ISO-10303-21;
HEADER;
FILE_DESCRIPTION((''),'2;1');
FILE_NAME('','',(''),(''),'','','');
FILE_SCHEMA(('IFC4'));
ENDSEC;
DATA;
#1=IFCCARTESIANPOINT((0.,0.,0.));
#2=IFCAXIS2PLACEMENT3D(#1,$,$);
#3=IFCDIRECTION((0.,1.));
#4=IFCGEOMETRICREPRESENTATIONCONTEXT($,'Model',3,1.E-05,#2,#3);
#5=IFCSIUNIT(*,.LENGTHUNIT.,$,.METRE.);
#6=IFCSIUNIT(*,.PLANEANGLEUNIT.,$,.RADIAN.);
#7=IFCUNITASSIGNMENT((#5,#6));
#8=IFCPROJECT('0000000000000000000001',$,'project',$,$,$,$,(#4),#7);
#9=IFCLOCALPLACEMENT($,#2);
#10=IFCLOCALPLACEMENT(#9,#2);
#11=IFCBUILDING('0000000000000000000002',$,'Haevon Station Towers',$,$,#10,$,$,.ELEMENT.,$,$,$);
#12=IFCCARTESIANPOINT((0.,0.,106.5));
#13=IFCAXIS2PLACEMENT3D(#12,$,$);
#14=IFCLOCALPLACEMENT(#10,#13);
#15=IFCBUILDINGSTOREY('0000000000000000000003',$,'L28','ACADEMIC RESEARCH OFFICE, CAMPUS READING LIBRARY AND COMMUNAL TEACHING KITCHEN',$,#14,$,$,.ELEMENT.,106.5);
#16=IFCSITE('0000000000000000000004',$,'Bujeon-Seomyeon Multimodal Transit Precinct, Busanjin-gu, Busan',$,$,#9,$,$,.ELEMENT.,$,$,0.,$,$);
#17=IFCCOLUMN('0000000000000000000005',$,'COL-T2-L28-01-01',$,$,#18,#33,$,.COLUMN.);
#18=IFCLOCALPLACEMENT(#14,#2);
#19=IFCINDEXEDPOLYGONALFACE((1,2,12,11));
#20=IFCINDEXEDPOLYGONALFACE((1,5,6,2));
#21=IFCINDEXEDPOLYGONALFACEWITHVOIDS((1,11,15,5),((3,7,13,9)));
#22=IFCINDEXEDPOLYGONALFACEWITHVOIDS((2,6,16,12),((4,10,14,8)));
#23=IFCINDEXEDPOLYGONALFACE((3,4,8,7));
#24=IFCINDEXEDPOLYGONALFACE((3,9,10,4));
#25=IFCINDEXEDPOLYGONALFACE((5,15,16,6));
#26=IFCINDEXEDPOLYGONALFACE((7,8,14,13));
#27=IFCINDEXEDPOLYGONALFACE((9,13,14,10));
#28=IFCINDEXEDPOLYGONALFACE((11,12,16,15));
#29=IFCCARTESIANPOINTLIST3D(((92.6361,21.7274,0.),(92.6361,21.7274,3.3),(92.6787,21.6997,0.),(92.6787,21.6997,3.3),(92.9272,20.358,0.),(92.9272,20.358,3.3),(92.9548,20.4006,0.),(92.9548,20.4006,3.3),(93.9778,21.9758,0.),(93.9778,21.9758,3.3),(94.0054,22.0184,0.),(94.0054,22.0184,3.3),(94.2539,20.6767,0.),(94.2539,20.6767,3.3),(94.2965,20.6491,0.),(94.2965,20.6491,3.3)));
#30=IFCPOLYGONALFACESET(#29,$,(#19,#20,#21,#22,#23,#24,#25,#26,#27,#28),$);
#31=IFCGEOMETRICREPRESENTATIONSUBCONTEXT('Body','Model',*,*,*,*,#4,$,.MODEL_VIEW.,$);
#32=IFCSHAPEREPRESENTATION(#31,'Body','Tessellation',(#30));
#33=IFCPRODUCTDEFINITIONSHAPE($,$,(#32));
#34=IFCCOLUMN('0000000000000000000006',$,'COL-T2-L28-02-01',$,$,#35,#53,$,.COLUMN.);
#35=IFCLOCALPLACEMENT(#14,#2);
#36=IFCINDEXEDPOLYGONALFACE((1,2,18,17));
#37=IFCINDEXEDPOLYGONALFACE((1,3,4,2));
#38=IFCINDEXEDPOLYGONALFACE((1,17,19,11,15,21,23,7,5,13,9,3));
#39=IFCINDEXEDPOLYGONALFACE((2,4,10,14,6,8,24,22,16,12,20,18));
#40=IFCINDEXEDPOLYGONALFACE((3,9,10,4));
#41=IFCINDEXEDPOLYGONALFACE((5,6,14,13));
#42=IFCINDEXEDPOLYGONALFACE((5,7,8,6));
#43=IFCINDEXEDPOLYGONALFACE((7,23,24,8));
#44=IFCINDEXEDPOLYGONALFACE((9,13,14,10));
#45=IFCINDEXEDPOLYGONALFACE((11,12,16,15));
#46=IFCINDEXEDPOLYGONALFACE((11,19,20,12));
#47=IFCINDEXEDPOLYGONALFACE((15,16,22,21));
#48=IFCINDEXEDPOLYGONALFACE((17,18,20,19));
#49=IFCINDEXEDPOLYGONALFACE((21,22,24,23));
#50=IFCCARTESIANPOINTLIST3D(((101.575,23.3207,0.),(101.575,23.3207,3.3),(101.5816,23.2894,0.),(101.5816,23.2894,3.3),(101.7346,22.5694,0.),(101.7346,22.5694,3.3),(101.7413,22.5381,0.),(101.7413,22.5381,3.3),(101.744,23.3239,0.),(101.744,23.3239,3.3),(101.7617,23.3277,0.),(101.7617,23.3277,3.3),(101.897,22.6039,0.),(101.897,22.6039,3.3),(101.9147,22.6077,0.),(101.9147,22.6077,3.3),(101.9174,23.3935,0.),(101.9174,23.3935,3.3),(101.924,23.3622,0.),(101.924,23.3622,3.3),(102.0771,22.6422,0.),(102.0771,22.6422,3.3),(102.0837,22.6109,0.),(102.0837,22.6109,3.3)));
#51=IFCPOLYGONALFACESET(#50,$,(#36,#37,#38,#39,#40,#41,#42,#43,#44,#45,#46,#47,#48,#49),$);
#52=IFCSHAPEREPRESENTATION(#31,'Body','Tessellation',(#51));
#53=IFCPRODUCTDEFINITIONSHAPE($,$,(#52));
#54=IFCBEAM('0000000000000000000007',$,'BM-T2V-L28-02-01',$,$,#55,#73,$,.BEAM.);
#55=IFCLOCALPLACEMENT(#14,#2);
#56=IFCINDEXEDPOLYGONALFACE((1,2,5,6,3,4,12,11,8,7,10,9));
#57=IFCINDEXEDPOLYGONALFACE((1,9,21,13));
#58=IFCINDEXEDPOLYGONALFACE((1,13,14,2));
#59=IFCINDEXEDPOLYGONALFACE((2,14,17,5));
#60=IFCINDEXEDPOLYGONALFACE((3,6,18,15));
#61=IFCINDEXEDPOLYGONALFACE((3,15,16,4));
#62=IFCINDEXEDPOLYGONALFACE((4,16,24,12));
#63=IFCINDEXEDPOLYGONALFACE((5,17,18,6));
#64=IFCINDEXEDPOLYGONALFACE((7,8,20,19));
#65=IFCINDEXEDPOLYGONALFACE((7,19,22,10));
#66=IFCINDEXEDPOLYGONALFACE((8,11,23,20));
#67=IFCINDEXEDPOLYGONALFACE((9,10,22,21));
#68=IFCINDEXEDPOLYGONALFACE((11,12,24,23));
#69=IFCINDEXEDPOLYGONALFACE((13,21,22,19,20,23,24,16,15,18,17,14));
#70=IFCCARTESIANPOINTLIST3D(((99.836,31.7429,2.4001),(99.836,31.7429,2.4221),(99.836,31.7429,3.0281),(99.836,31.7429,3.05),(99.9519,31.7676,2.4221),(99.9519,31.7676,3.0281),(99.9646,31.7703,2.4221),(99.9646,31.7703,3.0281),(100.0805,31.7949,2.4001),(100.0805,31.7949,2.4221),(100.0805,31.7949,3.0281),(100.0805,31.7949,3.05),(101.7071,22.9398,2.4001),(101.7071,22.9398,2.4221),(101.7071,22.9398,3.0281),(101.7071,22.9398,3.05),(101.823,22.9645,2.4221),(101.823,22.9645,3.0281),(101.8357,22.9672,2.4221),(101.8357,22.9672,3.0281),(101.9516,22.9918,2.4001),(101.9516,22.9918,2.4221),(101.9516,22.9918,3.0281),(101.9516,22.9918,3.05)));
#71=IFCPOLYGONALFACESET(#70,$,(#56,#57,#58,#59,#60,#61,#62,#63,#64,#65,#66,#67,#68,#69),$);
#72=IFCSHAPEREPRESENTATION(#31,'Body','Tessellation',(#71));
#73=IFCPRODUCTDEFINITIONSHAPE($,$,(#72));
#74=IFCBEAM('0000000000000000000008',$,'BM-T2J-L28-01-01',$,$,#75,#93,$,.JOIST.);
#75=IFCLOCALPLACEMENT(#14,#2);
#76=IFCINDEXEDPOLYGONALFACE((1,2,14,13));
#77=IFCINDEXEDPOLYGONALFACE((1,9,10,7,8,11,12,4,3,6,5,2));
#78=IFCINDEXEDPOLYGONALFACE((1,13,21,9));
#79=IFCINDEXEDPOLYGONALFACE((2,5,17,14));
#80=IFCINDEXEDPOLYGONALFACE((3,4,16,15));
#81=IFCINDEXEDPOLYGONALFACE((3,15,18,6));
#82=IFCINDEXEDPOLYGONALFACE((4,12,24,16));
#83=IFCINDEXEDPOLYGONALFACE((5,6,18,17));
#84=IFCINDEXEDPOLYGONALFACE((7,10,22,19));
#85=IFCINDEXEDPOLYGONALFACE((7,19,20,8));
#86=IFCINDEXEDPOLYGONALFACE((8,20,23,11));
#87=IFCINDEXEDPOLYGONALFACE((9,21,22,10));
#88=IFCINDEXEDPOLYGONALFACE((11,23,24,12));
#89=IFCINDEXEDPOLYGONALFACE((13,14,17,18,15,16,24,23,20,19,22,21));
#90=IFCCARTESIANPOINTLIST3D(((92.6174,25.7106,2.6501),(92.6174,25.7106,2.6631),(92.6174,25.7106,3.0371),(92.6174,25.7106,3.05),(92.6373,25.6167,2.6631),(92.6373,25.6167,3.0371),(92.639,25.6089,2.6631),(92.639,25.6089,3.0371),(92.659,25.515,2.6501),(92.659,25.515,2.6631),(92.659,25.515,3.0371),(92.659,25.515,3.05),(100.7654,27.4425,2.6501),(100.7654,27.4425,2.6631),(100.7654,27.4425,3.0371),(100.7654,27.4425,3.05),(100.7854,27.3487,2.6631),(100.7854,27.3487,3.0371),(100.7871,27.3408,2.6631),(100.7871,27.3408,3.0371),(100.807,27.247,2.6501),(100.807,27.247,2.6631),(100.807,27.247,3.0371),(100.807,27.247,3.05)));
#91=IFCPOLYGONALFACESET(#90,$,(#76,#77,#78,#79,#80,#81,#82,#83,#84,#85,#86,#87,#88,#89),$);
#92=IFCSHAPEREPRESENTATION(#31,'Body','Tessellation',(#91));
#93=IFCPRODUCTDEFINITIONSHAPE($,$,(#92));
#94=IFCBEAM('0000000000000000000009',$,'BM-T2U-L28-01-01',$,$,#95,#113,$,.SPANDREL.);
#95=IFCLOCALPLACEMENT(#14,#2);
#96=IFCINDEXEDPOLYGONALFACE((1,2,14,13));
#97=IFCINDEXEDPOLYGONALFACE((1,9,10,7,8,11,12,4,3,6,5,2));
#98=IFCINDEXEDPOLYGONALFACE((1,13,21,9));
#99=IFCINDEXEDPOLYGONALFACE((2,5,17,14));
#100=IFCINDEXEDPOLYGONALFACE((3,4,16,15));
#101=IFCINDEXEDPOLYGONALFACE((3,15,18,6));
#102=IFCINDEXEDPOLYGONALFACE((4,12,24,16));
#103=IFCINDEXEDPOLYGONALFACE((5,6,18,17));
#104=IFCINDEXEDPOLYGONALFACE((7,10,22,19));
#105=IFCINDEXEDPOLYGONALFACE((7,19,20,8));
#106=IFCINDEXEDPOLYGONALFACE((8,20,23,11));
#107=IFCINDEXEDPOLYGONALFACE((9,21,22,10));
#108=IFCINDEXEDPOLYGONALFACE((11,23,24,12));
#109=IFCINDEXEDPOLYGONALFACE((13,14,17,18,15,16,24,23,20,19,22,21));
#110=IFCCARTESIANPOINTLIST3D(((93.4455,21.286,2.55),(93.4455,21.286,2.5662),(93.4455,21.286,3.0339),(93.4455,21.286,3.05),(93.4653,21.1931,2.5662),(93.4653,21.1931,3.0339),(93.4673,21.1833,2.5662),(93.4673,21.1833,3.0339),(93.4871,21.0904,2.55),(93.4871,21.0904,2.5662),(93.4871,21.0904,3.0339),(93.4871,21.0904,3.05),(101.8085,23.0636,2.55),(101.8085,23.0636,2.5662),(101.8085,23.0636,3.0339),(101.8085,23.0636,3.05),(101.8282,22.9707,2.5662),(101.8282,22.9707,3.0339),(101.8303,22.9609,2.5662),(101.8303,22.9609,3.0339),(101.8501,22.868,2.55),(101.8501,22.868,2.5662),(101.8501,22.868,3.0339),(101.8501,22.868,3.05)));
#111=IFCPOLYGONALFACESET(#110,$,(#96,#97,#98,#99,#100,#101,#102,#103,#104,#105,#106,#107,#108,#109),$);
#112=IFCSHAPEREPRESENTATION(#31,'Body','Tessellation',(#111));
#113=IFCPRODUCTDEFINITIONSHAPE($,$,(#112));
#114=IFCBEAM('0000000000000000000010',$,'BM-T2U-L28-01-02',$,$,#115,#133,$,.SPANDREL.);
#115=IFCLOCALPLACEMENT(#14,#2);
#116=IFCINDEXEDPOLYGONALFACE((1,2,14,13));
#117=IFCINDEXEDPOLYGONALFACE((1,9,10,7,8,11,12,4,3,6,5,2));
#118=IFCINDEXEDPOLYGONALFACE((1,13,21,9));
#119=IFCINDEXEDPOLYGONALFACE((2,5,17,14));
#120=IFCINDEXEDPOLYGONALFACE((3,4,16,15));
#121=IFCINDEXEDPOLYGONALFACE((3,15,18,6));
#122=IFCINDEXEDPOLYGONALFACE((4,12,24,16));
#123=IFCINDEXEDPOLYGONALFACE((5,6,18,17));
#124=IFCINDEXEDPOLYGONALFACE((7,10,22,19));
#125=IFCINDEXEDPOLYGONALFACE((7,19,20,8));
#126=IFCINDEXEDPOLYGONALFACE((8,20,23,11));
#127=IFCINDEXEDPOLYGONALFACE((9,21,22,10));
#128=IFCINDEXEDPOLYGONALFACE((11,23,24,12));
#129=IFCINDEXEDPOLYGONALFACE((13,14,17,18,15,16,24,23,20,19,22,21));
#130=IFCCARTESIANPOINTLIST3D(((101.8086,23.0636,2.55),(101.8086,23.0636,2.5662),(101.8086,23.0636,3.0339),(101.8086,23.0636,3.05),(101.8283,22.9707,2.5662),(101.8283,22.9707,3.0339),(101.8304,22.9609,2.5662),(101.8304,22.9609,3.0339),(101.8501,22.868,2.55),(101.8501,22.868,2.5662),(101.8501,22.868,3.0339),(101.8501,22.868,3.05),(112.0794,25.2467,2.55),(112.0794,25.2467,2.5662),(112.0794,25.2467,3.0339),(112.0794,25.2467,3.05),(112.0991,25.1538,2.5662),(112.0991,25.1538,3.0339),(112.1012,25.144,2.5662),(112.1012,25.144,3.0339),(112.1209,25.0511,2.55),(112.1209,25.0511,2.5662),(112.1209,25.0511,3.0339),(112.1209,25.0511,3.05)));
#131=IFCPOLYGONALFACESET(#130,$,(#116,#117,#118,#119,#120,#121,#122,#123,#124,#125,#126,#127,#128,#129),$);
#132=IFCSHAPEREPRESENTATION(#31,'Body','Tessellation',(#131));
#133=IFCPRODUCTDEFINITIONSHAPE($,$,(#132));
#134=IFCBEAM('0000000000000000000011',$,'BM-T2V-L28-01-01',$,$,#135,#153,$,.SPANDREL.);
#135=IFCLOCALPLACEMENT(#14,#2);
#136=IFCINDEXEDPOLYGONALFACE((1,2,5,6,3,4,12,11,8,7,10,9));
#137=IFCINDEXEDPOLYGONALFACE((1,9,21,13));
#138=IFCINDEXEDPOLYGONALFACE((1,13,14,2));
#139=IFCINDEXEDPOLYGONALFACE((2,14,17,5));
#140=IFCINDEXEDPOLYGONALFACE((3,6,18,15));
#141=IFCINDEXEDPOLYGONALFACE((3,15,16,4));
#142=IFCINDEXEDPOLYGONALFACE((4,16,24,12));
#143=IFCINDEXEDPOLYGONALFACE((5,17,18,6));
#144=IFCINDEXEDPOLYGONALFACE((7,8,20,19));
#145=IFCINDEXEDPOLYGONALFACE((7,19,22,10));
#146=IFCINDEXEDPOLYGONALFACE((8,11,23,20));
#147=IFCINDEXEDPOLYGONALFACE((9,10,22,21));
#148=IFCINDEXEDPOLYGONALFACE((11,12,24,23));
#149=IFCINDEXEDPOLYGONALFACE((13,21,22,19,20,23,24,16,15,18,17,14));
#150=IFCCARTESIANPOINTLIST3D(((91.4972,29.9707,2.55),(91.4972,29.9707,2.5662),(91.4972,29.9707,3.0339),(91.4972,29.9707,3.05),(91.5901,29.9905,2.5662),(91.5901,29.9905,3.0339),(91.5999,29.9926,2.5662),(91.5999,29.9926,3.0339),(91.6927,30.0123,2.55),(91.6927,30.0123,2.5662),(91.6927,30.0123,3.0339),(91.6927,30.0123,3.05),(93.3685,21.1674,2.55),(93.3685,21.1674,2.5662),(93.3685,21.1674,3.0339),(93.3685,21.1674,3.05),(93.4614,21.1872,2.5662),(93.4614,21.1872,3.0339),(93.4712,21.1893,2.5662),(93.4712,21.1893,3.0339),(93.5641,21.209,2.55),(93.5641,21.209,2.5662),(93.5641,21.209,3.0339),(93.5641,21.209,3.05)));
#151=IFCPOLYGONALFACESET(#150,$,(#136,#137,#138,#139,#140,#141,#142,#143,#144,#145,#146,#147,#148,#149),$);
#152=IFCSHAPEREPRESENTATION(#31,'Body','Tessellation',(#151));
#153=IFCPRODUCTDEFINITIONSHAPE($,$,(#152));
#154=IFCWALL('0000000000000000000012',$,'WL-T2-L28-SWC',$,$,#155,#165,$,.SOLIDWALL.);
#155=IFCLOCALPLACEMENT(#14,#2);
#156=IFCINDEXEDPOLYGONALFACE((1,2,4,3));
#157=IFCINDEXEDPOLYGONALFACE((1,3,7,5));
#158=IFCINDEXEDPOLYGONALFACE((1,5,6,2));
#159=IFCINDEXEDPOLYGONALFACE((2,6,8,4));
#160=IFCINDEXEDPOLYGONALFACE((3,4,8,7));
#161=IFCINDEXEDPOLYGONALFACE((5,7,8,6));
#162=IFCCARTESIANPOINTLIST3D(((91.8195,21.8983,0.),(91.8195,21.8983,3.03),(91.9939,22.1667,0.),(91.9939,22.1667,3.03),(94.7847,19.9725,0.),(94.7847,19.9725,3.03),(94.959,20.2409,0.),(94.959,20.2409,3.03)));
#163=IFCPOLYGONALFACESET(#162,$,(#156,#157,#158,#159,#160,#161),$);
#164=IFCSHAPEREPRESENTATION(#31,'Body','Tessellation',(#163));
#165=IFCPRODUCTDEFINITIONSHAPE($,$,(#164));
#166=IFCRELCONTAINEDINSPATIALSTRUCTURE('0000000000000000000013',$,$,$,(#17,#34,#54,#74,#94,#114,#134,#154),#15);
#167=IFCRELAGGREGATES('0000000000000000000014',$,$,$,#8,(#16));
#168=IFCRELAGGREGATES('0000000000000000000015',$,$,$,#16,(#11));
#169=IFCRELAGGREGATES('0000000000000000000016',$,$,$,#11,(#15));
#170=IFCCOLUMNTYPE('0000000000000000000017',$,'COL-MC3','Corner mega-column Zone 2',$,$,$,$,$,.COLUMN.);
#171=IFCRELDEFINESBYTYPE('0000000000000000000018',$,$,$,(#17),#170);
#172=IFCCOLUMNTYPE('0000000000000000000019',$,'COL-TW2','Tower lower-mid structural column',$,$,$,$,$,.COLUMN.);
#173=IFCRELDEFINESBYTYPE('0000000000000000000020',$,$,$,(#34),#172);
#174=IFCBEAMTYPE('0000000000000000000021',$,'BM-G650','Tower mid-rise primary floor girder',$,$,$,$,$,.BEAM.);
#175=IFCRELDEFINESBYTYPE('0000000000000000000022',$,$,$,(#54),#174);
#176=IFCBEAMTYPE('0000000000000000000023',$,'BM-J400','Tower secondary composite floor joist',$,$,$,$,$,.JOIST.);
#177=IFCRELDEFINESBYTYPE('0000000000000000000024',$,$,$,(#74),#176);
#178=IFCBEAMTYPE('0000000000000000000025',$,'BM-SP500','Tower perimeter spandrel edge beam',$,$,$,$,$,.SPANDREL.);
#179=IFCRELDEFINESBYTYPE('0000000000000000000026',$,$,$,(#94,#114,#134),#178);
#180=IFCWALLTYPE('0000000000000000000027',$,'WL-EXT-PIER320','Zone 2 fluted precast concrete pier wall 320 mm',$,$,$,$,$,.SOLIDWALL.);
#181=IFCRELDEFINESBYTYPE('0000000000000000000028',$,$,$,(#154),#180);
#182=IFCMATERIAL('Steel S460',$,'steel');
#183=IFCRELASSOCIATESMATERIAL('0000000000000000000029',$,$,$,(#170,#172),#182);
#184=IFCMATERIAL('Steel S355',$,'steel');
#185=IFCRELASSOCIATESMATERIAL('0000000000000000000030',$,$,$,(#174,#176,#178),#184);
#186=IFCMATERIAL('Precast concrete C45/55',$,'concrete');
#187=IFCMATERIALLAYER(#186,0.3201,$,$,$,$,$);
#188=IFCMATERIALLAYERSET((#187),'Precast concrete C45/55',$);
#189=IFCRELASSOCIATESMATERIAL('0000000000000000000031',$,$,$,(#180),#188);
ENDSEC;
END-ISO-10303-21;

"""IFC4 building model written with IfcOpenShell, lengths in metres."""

from ifc_helpers import new_model, si_unit, direction, frame, frame_2d, origin, origin_2d, place, context, subcontext, project, spatial, rectangle, hollow_rectangle, i_section, extrude, material, layer, layer_set, material_profile, profile_set, type_object, element, save


model = new_model("IFC4")

# Units and contexts
model_context = context("Model", 3, precision=1e-05, world=origin(), true_north=direction((0.0, 1.0)))
body_context = subcontext(model_context, "Body", "Model", "MODEL_VIEW")
ifc_project = project(units=[si_unit("LENGTHUNIT", "METRE"), si_unit("PLANEANGLEUNIT", "RADIAN")], contexts=[model_context])

# Site, building, storey
site_placement = place(None, origin())
site = spatial("IfcSite", under=ifc_project, at=site_placement, Name="Bujeon-Seomyeon Multimodal Transit Precinct, Busanjin-gu, Busan", CompositionType="ELEMENT", RefElevation=0.0)
building_placement = place(site_placement, origin())
building = spatial("IfcBuilding", under=site, at=building_placement, Name="Haevon Station Towers", CompositionType="ELEMENT")
storey_placement = place(building_placement, frame((0.0, 0.0, 106.5)))
storey = spatial("IfcBuildingStorey", under=building, at=storey_placement, Name="L28", Description="ACADEMIC RESEARCH OFFICE, CAMPUS READING LIBRARY AND COMMUNAL TEACHING KITCHEN", CompositionType="ELEMENT", Elevation=106.5)

# Columns
ifc_material_1 = material(Name="Steel S460", Category="steel")
ifc_material_profile_1 = material_profile(ifc_material_1, hollow_rectangle(XDim=1.3999, YDim=1.3999, WallThickness=0.0359, at=origin_2d()), Name="BOX-1400x1400x36")
ifc_profile_set_1 = profile_set([ifc_material_profile_1], Name="Steel S460")
column_type_1 = type_object("IfcColumnType", Name="COL-MC3", Description="Corner mega-column Zone 2", PredefinedType="COLUMN", material=ifc_profile_set_1)
column_1_placement = place(storey_placement, frame((93.4663, 21.1882, 0.0), z_axis=(0.0, 0.0, 1.0), x_axis=(0.978148, 0.207912, 0.0)))
element("IfcColumn", 1, at=column_1_placement, inside=storey, type_object=column_type_1, Name="COL-T2-L28-01-01", PredefinedType="COLUMN", context=body_context, shape_type="SweptSolid", body=[
    extrude(hollow_rectangle(XDim=1.3999, YDim=1.3999, WallThickness=0.0359, at=origin_2d()), origin(), (0.0, 0.0, 1.0), 3.3),
])
ifc_material_profile_2 = material_profile(ifc_material_1, i_section(OverallWidth=0.3501, OverallDepth=0.8, WebThickness=0.0181, FlangeThickness=0.032, at=origin_2d()), Name="H-800x350x18x32")
ifc_profile_set_2 = profile_set([ifc_material_profile_2], Name="Steel S460")
column_type_2 = type_object("IfcColumnType", Name="COL-TW2", Description="Tower lower-mid structural column", PredefinedType="COLUMN", material=ifc_profile_set_2)
column_2_placement = place(storey_placement, frame((101.8293, 22.9658, 0.0), z_axis=(0.0, 0.0, 1.0), x_axis=(0.978148, 0.207912, 0.0)))
element("IfcColumn", 2, at=column_2_placement, inside=storey, type_object=column_type_2, Name="COL-T2-L28-02-01", PredefinedType="COLUMN", context=body_context, shape_type="SweptSolid", body=[
    extrude(i_section(OverallWidth=0.3501, OverallDepth=0.8, WebThickness=0.0181, FlangeThickness=0.032, at=origin_2d()), origin(), (0.0, 0.0, 1.0), 3.3),
])

# Beams
ifc_material_2 = material(Name="Steel S355", Category="steel")
ifc_material_profile_3 = material_profile(ifc_material_2, i_section(OverallWidth=0.25, OverallDepth=0.6499, WebThickness=0.0129, FlangeThickness=0.022, at=origin_2d()), Name="H-650x250x13x22")
ifc_profile_set_3 = profile_set([ifc_material_profile_3], Name="Steel S355")
beam_type_1 = type_object("IfcBeamType", Name="BM-G650", Description="Tower mid-rise primary floor girder", PredefinedType="BEAM", material=ifc_profile_set_3)
beam_1_placement = place(storey_placement, frame((101.8293, 22.9658, 2.7251), z_axis=(-0.207902, 0.97815, 0.0), x_axis=(-0.97815, -0.207902, 0.0)))
element("IfcBeam", 3, at=beam_1_placement, inside=storey, type_object=beam_type_1, Name="BM-T2V-L28-02-01", PredefinedType="BEAM", context=body_context, shape_type="SweptSolid", body=[
    extrude(i_section(OverallWidth=0.25, OverallDepth=0.6499, WebThickness=0.0129, FlangeThickness=0.022, at=origin_2d()), origin(), (0.0, 0.0, 1.0), 8.9998),
])
ifc_material_profile_4 = material_profile(ifc_material_2, i_section(OverallWidth=0.2, OverallDepth=0.3999, WebThickness=0.0081, FlangeThickness=0.0129, at=origin_2d()), Name="H-400x200x8x13")
ifc_profile_set_4 = profile_set([ifc_material_profile_4], Name="Steel S355")
beam_type_2 = type_object("IfcBeamType", Name="BM-J400", Description="Tower secondary composite floor joist", PredefinedType="JOIST", material=ifc_profile_set_4)
beam_2_placement = place(storey_placement, frame((92.6382, 25.6128, 2.8501), z_axis=(0.978147, 0.207916, 0.0), x_axis=(-0.207916, 0.978147, 0.0)))
element("IfcBeam", 4, at=beam_2_placement, inside=storey, type_object=beam_type_2, Name="BM-T2J-L28-01-01", PredefinedType="JOIST", context=body_context, shape_type="SweptSolid", body=[
    extrude(i_section(OverallWidth=0.2, OverallDepth=0.3999, WebThickness=0.0081, FlangeThickness=0.0129, at=origin_2d()), origin(), (0.0, 0.0, 1.0), 8.3301),
])
ifc_material_profile_5 = material_profile(ifc_material_2, i_section(OverallWidth=0.2, OverallDepth=0.5, WebThickness=0.01, FlangeThickness=0.0161, at=origin_2d()), Name="H-500x200x10x16")
ifc_profile_set_5 = profile_set([ifc_material_profile_5], Name="Steel S355")
beam_type_3 = type_object("IfcBeamType", Name="BM-SP500", Description="Tower perimeter spandrel edge beam", PredefinedType="SPANDREL", material=ifc_profile_set_5)
beam_3_placement = place(storey_placement, frame((93.4663, 21.1882, 2.8), z_axis=(0.978148, 0.207908, 0.0), x_axis=(-0.207908, 0.978148, 0.0)))
element("IfcBeam", 5, at=beam_3_placement, inside=storey, type_object=beam_type_3, Name="BM-T2U-L28-01-01", PredefinedType="SPANDREL", context=body_context, shape_type="SweptSolid", body=[
    extrude(i_section(OverallWidth=0.2, OverallDepth=0.5, WebThickness=0.01, FlangeThickness=0.0161, at=origin_2d()), origin(), (0.0, 0.0, 1.0), 8.5498),
])
beam_4_placement = place(storey_placement, frame((101.8293, 22.9658, 2.8), z_axis=(0.978148, 0.207911, 0.0), x_axis=(-0.207911, 0.978148, 0.0)))
element("IfcBeam", 6, at=beam_4_placement, inside=storey, type_object=beam_type_3, Name="BM-T2U-L28-01-02", PredefinedType="SPANDREL", context=body_context, shape_type="SweptSolid", body=[
    extrude(i_section(OverallWidth=0.2, OverallDepth=0.5, WebThickness=0.01, FlangeThickness=0.0161, at=origin_2d()), origin(), (0.0, 0.0, 1.0), 10.5002),
])
beam_5_placement = place(storey_placement, frame((93.4663, 21.1882, 2.8), z_axis=(-0.207928, 0.978144, 0.0), x_axis=(-0.978144, -0.207928, 0.0)))
element("IfcBeam", 7, at=beam_5_placement, inside=storey, type_object=beam_type_3, Name="BM-T2V-L28-01-01", PredefinedType="SPANDREL", context=body_context, shape_type="SweptSolid", body=[
    extrude(i_section(OverallWidth=0.2, OverallDepth=0.5, WebThickness=0.01, FlangeThickness=0.0161, at=origin_2d()), origin(), (0.0, 0.0, 1.0), 9.0),
])

# Wall
ifc_material_3 = material(Name="Precast concrete C45/55", Category="concrete")
ifc_layer_1 = layer(ifc_material_3, 0.3201)
ifc_layer_set_1 = layer_set([ifc_layer_1], Name="Precast concrete C45/55")
wall_type_1 = type_object("IfcWallType", Name="WL-EXT-PIER320", Description="Zone 2 fluted precast concrete pier wall 320 mm", PredefinedType="SOLIDWALL", material=ifc_layer_set_1)
wall_1_placement = place(storey_placement, frame((94.8718, 20.1067, 0.0), z_axis=(0.0, 0.0, 1.0), x_axis=(-0.838641, 0.544685, 0.0)))
element("IfcWall", 8, at=wall_1_placement, inside=storey, type_object=wall_type_1, Name="WL-T2-L28-SWC", PredefinedType="SOLIDWALL", context=body_context, shape_type="SweptSolid", body=[
    extrude(rectangle(XDim=3.5356, YDim=0.3201, at=frame_2d((1.7678, 0.0))), origin(), (0.0, 0.0, 1.0), 3.03),
])

save(model, "model.ifc")
